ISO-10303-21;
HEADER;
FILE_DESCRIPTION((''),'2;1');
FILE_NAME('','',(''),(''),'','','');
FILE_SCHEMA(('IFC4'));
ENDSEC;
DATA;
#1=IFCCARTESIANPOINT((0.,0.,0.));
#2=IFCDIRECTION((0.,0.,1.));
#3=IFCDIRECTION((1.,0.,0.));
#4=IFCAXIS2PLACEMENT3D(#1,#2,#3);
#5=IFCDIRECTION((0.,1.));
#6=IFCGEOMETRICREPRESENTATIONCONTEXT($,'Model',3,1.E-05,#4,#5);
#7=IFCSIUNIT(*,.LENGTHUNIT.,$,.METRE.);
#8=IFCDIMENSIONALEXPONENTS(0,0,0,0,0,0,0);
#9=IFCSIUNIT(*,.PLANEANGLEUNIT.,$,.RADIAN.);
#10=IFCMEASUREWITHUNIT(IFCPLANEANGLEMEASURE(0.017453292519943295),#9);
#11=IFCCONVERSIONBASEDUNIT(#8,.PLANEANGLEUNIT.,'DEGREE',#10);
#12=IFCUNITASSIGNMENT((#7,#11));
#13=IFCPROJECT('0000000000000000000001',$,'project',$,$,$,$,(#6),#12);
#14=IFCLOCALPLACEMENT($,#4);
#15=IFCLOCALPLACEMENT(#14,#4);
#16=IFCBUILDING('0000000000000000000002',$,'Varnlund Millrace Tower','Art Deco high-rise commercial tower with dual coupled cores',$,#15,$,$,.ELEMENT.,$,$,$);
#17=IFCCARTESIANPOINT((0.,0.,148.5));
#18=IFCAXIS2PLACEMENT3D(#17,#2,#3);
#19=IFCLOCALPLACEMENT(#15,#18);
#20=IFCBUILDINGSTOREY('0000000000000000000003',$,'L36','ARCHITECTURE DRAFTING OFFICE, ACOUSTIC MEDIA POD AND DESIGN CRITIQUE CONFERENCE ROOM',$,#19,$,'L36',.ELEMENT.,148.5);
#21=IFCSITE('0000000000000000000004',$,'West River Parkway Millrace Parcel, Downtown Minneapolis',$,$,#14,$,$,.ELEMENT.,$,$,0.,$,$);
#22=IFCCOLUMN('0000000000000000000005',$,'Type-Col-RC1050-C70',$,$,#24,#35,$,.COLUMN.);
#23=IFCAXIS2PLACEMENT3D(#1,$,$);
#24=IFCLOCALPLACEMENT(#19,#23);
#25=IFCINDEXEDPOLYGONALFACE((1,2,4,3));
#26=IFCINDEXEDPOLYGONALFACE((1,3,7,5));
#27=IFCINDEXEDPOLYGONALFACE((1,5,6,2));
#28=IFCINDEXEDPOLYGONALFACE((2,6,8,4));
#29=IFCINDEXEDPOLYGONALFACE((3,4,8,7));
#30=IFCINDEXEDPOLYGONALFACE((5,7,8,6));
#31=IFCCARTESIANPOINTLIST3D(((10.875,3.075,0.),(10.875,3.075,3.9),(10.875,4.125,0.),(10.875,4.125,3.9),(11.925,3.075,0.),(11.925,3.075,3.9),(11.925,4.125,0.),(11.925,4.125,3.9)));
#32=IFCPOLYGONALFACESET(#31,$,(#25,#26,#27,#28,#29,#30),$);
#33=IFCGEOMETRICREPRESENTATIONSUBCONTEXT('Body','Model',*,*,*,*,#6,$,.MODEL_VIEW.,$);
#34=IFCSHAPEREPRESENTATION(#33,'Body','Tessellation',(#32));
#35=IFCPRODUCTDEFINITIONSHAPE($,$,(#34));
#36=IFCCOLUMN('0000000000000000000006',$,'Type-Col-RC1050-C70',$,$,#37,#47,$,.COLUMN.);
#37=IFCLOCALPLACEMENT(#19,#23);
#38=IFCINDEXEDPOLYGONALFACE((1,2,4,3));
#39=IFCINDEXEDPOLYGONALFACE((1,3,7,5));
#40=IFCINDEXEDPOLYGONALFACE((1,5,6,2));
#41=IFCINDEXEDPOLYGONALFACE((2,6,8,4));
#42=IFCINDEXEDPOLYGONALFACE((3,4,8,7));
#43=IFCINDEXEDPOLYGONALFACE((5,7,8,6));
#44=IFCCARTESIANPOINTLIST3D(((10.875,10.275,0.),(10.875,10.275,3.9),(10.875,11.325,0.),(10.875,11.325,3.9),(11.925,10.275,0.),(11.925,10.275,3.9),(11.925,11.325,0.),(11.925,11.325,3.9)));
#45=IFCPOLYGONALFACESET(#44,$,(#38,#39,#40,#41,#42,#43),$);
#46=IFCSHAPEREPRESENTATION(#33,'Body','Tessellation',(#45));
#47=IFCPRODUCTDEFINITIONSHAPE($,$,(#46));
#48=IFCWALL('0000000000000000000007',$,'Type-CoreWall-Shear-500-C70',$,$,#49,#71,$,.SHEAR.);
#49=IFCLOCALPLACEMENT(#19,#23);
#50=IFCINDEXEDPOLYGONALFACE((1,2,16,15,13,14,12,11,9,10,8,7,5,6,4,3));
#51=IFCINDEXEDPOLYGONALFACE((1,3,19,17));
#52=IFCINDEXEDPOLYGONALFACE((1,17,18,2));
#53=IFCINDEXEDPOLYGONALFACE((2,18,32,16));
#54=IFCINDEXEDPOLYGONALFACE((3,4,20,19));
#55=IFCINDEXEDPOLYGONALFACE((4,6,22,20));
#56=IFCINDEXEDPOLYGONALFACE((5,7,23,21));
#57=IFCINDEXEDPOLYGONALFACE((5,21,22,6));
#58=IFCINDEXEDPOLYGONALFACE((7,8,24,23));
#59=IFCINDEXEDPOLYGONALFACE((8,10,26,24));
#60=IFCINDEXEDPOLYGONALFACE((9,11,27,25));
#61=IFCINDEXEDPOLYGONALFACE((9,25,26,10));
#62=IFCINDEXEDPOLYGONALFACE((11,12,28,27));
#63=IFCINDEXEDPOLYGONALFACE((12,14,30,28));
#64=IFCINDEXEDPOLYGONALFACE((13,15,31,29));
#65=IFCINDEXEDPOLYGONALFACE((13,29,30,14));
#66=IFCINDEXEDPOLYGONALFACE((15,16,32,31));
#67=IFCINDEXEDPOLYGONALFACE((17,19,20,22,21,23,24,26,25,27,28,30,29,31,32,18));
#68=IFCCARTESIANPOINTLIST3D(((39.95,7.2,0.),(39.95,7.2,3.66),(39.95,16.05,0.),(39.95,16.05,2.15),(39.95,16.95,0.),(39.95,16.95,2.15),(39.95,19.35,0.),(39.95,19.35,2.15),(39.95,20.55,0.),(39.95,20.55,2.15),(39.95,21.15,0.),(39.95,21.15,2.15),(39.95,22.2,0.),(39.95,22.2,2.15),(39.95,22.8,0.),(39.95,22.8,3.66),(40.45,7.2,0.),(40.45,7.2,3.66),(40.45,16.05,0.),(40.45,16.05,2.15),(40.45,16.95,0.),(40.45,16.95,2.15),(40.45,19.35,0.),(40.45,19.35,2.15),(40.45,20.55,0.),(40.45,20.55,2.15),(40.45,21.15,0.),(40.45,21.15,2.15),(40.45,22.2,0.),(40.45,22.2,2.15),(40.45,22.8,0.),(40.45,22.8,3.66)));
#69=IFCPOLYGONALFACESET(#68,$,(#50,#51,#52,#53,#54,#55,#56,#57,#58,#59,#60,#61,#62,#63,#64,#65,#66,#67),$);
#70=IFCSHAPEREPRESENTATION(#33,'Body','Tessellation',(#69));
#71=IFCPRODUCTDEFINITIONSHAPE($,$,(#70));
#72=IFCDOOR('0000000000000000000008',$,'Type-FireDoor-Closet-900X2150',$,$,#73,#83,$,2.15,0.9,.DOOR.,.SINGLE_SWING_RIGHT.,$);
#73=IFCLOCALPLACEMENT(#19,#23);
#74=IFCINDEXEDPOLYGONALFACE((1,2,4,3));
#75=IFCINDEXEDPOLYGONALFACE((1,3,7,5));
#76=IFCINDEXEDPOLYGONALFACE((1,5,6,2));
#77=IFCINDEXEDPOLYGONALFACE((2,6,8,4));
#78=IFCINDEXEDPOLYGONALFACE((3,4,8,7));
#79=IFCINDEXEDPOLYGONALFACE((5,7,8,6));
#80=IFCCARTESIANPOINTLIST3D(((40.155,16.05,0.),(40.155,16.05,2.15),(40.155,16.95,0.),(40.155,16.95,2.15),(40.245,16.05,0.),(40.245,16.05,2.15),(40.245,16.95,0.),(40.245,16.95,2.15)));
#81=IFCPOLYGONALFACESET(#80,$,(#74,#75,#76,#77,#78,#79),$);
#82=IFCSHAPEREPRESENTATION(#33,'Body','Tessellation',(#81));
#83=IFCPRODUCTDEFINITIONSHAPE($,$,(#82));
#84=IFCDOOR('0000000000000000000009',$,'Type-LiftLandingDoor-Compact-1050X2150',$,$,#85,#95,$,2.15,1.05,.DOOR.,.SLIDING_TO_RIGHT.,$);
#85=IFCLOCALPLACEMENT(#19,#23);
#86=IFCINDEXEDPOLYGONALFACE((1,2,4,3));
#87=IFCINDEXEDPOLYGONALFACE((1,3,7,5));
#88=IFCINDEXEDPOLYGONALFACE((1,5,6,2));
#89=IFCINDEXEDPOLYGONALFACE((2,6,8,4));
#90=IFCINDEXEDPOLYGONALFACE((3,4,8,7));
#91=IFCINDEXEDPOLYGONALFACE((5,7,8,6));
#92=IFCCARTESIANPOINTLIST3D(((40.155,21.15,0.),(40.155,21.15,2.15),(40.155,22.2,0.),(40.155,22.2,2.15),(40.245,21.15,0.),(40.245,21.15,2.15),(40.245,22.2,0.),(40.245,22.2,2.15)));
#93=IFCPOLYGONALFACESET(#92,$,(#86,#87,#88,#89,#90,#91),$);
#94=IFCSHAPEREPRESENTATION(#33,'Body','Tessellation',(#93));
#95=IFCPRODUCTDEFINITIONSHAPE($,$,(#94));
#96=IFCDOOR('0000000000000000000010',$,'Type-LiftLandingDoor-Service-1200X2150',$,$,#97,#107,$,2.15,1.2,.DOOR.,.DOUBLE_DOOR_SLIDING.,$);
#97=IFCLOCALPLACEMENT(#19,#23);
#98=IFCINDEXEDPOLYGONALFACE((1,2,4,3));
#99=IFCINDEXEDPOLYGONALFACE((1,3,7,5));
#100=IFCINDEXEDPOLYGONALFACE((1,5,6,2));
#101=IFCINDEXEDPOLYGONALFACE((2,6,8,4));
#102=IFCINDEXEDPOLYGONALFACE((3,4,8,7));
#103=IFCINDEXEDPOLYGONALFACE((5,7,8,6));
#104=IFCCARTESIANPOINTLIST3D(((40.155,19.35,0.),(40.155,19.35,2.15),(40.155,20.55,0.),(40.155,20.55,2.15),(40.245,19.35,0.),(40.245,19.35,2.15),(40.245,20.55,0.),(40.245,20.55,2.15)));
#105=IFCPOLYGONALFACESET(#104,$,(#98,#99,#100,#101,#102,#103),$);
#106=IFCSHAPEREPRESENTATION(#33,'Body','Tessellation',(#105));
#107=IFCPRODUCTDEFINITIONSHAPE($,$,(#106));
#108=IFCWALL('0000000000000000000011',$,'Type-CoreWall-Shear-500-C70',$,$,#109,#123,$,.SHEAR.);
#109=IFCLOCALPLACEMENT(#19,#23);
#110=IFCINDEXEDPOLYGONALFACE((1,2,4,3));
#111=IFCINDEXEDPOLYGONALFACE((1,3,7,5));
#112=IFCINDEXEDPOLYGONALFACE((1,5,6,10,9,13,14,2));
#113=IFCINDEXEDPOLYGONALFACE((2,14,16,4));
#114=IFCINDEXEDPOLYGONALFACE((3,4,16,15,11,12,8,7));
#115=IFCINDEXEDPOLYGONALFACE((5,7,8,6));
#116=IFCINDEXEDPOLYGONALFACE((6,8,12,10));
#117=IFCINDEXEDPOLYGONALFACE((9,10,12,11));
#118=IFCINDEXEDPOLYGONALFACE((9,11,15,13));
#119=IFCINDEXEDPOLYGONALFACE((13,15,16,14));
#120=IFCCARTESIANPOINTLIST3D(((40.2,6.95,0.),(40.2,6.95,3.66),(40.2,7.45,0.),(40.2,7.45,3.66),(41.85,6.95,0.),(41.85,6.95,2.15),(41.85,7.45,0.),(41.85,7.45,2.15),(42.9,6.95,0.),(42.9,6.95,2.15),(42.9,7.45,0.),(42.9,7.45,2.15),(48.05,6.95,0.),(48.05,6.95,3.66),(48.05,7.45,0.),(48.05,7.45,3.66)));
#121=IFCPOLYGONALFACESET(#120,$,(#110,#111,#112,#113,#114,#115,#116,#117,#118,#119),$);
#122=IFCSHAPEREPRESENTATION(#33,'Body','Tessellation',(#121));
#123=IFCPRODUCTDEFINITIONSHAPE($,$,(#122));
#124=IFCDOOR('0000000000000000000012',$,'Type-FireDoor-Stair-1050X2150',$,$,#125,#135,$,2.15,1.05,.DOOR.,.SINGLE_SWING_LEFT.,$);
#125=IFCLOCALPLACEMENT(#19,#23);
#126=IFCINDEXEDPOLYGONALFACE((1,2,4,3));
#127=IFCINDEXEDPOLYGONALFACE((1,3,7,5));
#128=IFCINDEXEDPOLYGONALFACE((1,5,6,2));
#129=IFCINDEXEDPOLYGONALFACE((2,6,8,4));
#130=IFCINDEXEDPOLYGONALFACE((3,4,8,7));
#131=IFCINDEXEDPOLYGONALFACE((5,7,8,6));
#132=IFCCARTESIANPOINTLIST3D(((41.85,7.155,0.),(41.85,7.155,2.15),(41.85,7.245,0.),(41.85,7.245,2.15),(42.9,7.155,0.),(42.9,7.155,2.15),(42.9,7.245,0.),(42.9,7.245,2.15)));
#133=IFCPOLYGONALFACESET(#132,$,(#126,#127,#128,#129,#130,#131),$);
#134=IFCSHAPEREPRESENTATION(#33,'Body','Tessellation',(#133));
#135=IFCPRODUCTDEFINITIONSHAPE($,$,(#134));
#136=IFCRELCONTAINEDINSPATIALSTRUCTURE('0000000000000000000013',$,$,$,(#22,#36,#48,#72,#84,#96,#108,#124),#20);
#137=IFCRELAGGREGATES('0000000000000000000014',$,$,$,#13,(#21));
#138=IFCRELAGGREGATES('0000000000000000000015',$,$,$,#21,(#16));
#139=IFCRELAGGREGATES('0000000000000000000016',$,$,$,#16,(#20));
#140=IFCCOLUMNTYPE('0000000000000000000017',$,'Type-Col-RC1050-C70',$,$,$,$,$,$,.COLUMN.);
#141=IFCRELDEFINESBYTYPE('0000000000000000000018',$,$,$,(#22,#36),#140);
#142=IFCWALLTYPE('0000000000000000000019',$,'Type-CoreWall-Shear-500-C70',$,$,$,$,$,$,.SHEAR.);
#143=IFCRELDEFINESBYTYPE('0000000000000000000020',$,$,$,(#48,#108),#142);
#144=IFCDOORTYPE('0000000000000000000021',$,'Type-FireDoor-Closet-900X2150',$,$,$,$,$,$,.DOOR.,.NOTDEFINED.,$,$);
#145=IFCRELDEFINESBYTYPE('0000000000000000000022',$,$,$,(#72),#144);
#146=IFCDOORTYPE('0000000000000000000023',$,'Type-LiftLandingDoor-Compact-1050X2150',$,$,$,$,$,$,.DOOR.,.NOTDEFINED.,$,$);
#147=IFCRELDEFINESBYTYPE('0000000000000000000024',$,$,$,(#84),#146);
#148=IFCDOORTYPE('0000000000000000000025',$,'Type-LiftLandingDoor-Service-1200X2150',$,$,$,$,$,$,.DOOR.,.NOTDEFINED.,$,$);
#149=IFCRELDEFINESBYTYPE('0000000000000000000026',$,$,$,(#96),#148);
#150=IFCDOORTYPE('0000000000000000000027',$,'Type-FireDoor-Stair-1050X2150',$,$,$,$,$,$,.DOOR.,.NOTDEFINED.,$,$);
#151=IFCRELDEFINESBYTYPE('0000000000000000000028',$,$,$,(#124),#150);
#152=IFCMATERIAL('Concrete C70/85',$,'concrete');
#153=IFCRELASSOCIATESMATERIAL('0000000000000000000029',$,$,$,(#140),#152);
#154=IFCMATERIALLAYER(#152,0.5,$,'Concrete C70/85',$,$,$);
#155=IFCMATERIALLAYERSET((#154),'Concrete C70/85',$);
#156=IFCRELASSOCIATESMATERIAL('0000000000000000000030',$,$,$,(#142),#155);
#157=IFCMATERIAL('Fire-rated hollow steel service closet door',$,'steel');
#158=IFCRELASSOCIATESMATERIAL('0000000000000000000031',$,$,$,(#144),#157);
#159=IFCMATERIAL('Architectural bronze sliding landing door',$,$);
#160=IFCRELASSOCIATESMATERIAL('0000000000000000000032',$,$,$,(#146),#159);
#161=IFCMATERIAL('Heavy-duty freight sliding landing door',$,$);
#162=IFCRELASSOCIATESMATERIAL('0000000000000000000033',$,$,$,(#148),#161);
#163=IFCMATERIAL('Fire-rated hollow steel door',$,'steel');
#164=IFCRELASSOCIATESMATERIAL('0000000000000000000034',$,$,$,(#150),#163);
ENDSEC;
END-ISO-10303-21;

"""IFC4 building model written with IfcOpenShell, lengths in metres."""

from ifc_helpers import new_model, entity, si_unit, converted_unit, direction, frame, origin_with_axes, origin_2d_with_axis, place, context, subcontext, project, spatial, polyline, rectangle, outline, extrude, material, layer, layer_set, material_profile, profile_set, type_object, element, fill, save


model = new_model("IFC4")

# Units and contexts
model_context = context("Model", 3, precision=1e-05, world=origin_with_axes(), true_north=direction((0.0, 1.0)))
body_context = subcontext(model_context, "Body", "Model", "MODEL_VIEW")
ifc_project = project(units=[si_unit("LENGTHUNIT", "METRE"), converted_unit("PLANEANGLEUNIT", "DEGREE", entity("IfcPlaneAngleMeasure", 0.017453292519943295), si_unit("PLANEANGLEUNIT", "RADIAN"), dimensions=[0, 0, 0, 0, 0, 0, 0])], contexts=[model_context])

# Site, building, storey
site_placement = place(None, origin_with_axes())
site = spatial("IfcSite", under=ifc_project, at=site_placement, Name="West River Parkway Millrace Parcel, Downtown Minneapolis", CompositionType="ELEMENT", RefElevation=0.0)
building_placement = place(site_placement, origin_with_axes())
building = spatial("IfcBuilding", under=site, at=building_placement, Name="Varnlund Millrace Tower", Description="Art Deco high-rise commercial tower with dual coupled cores", CompositionType="ELEMENT")
storey_placement = place(building_placement, frame((0.0, 0.0, 148.5), z_axis=(0.0, 0.0, 1.0), x_axis=(1.0, 0.0, 0.0)))
storey = spatial("IfcBuildingStorey", under=building, at=storey_placement, Name="L36", Description="ARCHITECTURE DRAFTING OFFICE, ACOUSTIC MEDIA POD AND DESIGN CRITIQUE CONFERENCE ROOM", LongName="L36", CompositionType="ELEMENT", Elevation=148.5)

# Columns
ifc_material_1 = material(Name="Concrete C70/85", Category="concrete")
ifc_material_profile = material_profile(ifc_material_1, rectangle(XDim=1.05, YDim=1.05, at=origin_2d_with_axis()), Name="Concrete C70/85")
ifc_profile_set = profile_set([ifc_material_profile], Name="Concrete C70/85")
column_type = type_object("IfcColumnType", Name="Type-Col-RC1050-C70", PredefinedType="COLUMN", material=ifc_profile_set)
for number, where, z_axis, x_axis, name in (
    (1, (11.4, 3.6, 0.0), (0.0, 0.0, 1.0), (1.0, 0.0, 0.0), "Type-Col-RC1050-C70"),
    (2, (11.4, 10.8, 0.0), (0.0, 0.0, 1.0), (1.0, 0.0, 0.0), "Type-Col-RC1050-C70"),
):
    element("IfcColumn", number, at=place(storey_placement, frame(where, z_axis=z_axis, x_axis=x_axis)), inside=storey, type_object=column_type, Name=name, PredefinedType="COLUMN", context=body_context, shape_type="SweptSolid", body=[
        extrude(rectangle(XDim=1.05, YDim=1.05, at=origin_2d_with_axis()), origin_with_axes(), (0.0, 0.0, 1.0), 3.9),
    ])

# Wall, openings, doors
ifc_layer_1 = layer(ifc_material_1, 0.5, Name="Concrete C70/85")
ifc_layer_set_1 = layer_set([ifc_layer_1], Name="Concrete C70/85")
wall_type_1 = type_object("IfcWallType", Name="Type-CoreWall-Shear-500-C70", PredefinedType="SHEAR", material=ifc_layer_set_1)
wall_1_placement = place(storey_placement, frame((40.2, 7.2, 0.0), z_axis=(0.0, 0.0, 1.0), x_axis=(0.0, 1.0, 0.0)))
wall_1 = element("IfcWall", 3, at=wall_1_placement, inside=storey, type_object=wall_type_1, Name="Type-CoreWall-Shear-500-C70", PredefinedType="SHEAR", context=body_context, shape_type="SweptSolid", body=[
    extrude(outline(polyline([(0.0, -0.25), (15.6, -0.25), (15.6, 0.25), (0.0, 0.25), (0.0, -0.25)])), origin_with_axes(), (0.0, 0.0, 1.0), 3.66),
])
opening_1_placement = place(wall_1_placement, frame((14.475, 0.0, 0.0), z_axis=(0.0, 0.0, 1.0), x_axis=(1.0, 0.0, 0.0)))
opening_1 = element("IfcOpeningElement", 4, at=opening_1_placement, cuts=wall_1, PredefinedType="OPENING", context=body_context, shape_type="SweptSolid", body=[
    extrude(rectangle(XDim=1.05, YDim=0.52, at=origin_2d_with_axis()), origin_with_axes(), (0.0, 0.0, 1.0), 2.15),
])
opening_2_placement = place(wall_1_placement, frame((12.75, 0.0, 0.0), z_axis=(0.0, 0.0, 1.0), x_axis=(1.0, 0.0, 0.0)))
opening_2 = element("IfcOpeningElement", 5, at=opening_2_placement, cuts=wall_1, PredefinedType="OPENING", context=body_context, shape_type="SweptSolid", body=[
    extrude(rectangle(XDim=1.2, YDim=0.52, at=origin_2d_with_axis()), origin_with_axes(), (0.0, 0.0, 1.0), 2.15),
])
opening_3_placement = place(wall_1_placement, frame((9.3, 0.0, 0.0), z_axis=(0.0, 0.0, 1.0), x_axis=(1.0, 0.0, 0.0)))
opening_3 = element("IfcOpeningElement", 6, at=opening_3_placement, cuts=wall_1, PredefinedType="OPENING", context=body_context, shape_type="SweptSolid", body=[
    extrude(rectangle(XDim=0.9, YDim=0.52, at=origin_2d_with_axis()), origin_with_axes(), (0.0, 0.0, 1.0), 2.15),
])
ifc_material_2 = material(Name="Fire-rated hollow steel service closet door", Category="steel")
door_type_1 = type_object("IfcDoorType", Name="Type-FireDoor-Closet-900X2150", OperationType="NOTDEFINED", PredefinedType="DOOR", material=ifc_material_2)
door_1_placement = place(wall_1_placement, frame((9.3, 0.0, 0.0), z_axis=(0.0, 0.0, 1.0), x_axis=(1.0, 0.0, 0.0)))
door_1 = element("IfcDoor", 7, at=door_1_placement, inside=storey, type_object=door_type_1, Name="Type-FireDoor-Closet-900X2150", OperationType="SINGLE_SWING_RIGHT", OverallHeight=2.15, OverallWidth=0.9, PredefinedType="DOOR", context=body_context, shape_type="SweptSolid", body=[
    extrude(rectangle(XDim=0.9, YDim=0.09, at=origin_2d_with_axis()), origin_with_axes(), (0.0, 0.0, 1.0), 2.15),
])
fill(opening_3, door_1)
ifc_material_3 = material(Name="Architectural bronze sliding landing door")
door_type_2 = type_object("IfcDoorType", Name="Type-LiftLandingDoor-Compact-1050X2150", OperationType="NOTDEFINED", PredefinedType="DOOR", material=ifc_material_3)
door_2_placement = place(wall_1_placement, frame((14.475, 0.0, 0.0), z_axis=(0.0, 0.0, 1.0), x_axis=(1.0, 0.0, 0.0)))
door_2 = element("IfcDoor", 8, at=door_2_placement, inside=storey, type_object=door_type_2, Name="Type-LiftLandingDoor-Compact-1050X2150", OperationType="SLIDING_TO_RIGHT", OverallHeight=2.15, OverallWidth=1.05, PredefinedType="DOOR", context=body_context, shape_type="SweptSolid", body=[
    extrude(rectangle(XDim=1.05, YDim=0.09, at=origin_2d_with_axis()), origin_with_axes(), (0.0, 0.0, 1.0), 2.15),
])
fill(opening_1, door_2)
ifc_material_4 = material(Name="Heavy-duty freight sliding landing door")
door_type_3 = type_object("IfcDoorType", Name="Type-LiftLandingDoor-Service-1200X2150", OperationType="NOTDEFINED", PredefinedType="DOOR", material=ifc_material_4)
door_3_placement = place(wall_1_placement, frame((12.75, 0.0, 0.0), z_axis=(0.0, 0.0, 1.0), x_axis=(1.0, 0.0, 0.0)))
door_3 = element("IfcDoor", 9, at=door_3_placement, inside=storey, type_object=door_type_3, Name="Type-LiftLandingDoor-Service-1200X2150", OperationType="DOUBLE_DOOR_SLIDING", OverallHeight=2.15, OverallWidth=1.2, PredefinedType="DOOR", context=body_context, shape_type="SweptSolid", body=[
    extrude(rectangle(XDim=1.2, YDim=0.09, at=origin_2d_with_axis()), origin_with_axes(), (0.0, 0.0, 1.0), 2.15),
])
fill(opening_2, door_3)

# Wall, opening, door
wall_2_placement = place(storey_placement, frame((40.2, 7.2, 0.0), z_axis=(0.0, 0.0, 1.0), x_axis=(1.0, 0.0, 0.0)))
wall_2 = element("IfcWall", 10, at=wall_2_placement, inside=storey, type_object=wall_type_1, Name="Type-CoreWall-Shear-500-C70", PredefinedType="SHEAR", context=body_context, shape_type="SweptSolid", body=[
    extrude(outline(polyline([(0.0, -0.25), (7.85, -0.25), (7.85, 0.25), (0.0, 0.25), (0.0, -0.25)])), origin_with_axes(), (0.0, 0.0, 1.0), 3.66),
])
opening_4_placement = place(wall_2_placement, frame((2.175, 0.0, 0.0), z_axis=(0.0, 0.0, 1.0), x_axis=(1.0, 0.0, 0.0)))
opening_4 = element("IfcOpeningElement", 11, at=opening_4_placement, cuts=wall_2, PredefinedType="OPENING", context=body_context, shape_type="SweptSolid", body=[
    extrude(rectangle(XDim=1.05, YDim=0.52, at=origin_2d_with_axis()), origin_with_axes(), (0.0, 0.0, 1.0), 2.15),
])
ifc_material_5 = material(Name="Fire-rated hollow steel door", Category="steel")
door_type_4 = type_object("IfcDoorType", Name="Type-FireDoor-Stair-1050X2150", OperationType="NOTDEFINED", PredefinedType="DOOR", material=ifc_material_5)
door_4_placement = place(wall_2_placement, frame((2.175, 0.0, 0.0), z_axis=(0.0, 0.0, 1.0), x_axis=(1.0, 0.0, 0.0)))
door_4 = element("IfcDoor", 12, at=door_4_placement, inside=storey, type_object=door_type_4, Name="Type-FireDoor-Stair-1050X2150", OperationType="SINGLE_SWING_LEFT", OverallHeight=2.15, OverallWidth=1.05, PredefinedType="DOOR", context=body_context, shape_type="SweptSolid", body=[
    extrude(rectangle(XDim=1.05, YDim=0.09, at=origin_2d_with_axis()), origin_with_axes(), (0.0, 0.0, 1.0), 2.15),
])
fill(opening_4, door_4)

save(model, "model.ifc")
